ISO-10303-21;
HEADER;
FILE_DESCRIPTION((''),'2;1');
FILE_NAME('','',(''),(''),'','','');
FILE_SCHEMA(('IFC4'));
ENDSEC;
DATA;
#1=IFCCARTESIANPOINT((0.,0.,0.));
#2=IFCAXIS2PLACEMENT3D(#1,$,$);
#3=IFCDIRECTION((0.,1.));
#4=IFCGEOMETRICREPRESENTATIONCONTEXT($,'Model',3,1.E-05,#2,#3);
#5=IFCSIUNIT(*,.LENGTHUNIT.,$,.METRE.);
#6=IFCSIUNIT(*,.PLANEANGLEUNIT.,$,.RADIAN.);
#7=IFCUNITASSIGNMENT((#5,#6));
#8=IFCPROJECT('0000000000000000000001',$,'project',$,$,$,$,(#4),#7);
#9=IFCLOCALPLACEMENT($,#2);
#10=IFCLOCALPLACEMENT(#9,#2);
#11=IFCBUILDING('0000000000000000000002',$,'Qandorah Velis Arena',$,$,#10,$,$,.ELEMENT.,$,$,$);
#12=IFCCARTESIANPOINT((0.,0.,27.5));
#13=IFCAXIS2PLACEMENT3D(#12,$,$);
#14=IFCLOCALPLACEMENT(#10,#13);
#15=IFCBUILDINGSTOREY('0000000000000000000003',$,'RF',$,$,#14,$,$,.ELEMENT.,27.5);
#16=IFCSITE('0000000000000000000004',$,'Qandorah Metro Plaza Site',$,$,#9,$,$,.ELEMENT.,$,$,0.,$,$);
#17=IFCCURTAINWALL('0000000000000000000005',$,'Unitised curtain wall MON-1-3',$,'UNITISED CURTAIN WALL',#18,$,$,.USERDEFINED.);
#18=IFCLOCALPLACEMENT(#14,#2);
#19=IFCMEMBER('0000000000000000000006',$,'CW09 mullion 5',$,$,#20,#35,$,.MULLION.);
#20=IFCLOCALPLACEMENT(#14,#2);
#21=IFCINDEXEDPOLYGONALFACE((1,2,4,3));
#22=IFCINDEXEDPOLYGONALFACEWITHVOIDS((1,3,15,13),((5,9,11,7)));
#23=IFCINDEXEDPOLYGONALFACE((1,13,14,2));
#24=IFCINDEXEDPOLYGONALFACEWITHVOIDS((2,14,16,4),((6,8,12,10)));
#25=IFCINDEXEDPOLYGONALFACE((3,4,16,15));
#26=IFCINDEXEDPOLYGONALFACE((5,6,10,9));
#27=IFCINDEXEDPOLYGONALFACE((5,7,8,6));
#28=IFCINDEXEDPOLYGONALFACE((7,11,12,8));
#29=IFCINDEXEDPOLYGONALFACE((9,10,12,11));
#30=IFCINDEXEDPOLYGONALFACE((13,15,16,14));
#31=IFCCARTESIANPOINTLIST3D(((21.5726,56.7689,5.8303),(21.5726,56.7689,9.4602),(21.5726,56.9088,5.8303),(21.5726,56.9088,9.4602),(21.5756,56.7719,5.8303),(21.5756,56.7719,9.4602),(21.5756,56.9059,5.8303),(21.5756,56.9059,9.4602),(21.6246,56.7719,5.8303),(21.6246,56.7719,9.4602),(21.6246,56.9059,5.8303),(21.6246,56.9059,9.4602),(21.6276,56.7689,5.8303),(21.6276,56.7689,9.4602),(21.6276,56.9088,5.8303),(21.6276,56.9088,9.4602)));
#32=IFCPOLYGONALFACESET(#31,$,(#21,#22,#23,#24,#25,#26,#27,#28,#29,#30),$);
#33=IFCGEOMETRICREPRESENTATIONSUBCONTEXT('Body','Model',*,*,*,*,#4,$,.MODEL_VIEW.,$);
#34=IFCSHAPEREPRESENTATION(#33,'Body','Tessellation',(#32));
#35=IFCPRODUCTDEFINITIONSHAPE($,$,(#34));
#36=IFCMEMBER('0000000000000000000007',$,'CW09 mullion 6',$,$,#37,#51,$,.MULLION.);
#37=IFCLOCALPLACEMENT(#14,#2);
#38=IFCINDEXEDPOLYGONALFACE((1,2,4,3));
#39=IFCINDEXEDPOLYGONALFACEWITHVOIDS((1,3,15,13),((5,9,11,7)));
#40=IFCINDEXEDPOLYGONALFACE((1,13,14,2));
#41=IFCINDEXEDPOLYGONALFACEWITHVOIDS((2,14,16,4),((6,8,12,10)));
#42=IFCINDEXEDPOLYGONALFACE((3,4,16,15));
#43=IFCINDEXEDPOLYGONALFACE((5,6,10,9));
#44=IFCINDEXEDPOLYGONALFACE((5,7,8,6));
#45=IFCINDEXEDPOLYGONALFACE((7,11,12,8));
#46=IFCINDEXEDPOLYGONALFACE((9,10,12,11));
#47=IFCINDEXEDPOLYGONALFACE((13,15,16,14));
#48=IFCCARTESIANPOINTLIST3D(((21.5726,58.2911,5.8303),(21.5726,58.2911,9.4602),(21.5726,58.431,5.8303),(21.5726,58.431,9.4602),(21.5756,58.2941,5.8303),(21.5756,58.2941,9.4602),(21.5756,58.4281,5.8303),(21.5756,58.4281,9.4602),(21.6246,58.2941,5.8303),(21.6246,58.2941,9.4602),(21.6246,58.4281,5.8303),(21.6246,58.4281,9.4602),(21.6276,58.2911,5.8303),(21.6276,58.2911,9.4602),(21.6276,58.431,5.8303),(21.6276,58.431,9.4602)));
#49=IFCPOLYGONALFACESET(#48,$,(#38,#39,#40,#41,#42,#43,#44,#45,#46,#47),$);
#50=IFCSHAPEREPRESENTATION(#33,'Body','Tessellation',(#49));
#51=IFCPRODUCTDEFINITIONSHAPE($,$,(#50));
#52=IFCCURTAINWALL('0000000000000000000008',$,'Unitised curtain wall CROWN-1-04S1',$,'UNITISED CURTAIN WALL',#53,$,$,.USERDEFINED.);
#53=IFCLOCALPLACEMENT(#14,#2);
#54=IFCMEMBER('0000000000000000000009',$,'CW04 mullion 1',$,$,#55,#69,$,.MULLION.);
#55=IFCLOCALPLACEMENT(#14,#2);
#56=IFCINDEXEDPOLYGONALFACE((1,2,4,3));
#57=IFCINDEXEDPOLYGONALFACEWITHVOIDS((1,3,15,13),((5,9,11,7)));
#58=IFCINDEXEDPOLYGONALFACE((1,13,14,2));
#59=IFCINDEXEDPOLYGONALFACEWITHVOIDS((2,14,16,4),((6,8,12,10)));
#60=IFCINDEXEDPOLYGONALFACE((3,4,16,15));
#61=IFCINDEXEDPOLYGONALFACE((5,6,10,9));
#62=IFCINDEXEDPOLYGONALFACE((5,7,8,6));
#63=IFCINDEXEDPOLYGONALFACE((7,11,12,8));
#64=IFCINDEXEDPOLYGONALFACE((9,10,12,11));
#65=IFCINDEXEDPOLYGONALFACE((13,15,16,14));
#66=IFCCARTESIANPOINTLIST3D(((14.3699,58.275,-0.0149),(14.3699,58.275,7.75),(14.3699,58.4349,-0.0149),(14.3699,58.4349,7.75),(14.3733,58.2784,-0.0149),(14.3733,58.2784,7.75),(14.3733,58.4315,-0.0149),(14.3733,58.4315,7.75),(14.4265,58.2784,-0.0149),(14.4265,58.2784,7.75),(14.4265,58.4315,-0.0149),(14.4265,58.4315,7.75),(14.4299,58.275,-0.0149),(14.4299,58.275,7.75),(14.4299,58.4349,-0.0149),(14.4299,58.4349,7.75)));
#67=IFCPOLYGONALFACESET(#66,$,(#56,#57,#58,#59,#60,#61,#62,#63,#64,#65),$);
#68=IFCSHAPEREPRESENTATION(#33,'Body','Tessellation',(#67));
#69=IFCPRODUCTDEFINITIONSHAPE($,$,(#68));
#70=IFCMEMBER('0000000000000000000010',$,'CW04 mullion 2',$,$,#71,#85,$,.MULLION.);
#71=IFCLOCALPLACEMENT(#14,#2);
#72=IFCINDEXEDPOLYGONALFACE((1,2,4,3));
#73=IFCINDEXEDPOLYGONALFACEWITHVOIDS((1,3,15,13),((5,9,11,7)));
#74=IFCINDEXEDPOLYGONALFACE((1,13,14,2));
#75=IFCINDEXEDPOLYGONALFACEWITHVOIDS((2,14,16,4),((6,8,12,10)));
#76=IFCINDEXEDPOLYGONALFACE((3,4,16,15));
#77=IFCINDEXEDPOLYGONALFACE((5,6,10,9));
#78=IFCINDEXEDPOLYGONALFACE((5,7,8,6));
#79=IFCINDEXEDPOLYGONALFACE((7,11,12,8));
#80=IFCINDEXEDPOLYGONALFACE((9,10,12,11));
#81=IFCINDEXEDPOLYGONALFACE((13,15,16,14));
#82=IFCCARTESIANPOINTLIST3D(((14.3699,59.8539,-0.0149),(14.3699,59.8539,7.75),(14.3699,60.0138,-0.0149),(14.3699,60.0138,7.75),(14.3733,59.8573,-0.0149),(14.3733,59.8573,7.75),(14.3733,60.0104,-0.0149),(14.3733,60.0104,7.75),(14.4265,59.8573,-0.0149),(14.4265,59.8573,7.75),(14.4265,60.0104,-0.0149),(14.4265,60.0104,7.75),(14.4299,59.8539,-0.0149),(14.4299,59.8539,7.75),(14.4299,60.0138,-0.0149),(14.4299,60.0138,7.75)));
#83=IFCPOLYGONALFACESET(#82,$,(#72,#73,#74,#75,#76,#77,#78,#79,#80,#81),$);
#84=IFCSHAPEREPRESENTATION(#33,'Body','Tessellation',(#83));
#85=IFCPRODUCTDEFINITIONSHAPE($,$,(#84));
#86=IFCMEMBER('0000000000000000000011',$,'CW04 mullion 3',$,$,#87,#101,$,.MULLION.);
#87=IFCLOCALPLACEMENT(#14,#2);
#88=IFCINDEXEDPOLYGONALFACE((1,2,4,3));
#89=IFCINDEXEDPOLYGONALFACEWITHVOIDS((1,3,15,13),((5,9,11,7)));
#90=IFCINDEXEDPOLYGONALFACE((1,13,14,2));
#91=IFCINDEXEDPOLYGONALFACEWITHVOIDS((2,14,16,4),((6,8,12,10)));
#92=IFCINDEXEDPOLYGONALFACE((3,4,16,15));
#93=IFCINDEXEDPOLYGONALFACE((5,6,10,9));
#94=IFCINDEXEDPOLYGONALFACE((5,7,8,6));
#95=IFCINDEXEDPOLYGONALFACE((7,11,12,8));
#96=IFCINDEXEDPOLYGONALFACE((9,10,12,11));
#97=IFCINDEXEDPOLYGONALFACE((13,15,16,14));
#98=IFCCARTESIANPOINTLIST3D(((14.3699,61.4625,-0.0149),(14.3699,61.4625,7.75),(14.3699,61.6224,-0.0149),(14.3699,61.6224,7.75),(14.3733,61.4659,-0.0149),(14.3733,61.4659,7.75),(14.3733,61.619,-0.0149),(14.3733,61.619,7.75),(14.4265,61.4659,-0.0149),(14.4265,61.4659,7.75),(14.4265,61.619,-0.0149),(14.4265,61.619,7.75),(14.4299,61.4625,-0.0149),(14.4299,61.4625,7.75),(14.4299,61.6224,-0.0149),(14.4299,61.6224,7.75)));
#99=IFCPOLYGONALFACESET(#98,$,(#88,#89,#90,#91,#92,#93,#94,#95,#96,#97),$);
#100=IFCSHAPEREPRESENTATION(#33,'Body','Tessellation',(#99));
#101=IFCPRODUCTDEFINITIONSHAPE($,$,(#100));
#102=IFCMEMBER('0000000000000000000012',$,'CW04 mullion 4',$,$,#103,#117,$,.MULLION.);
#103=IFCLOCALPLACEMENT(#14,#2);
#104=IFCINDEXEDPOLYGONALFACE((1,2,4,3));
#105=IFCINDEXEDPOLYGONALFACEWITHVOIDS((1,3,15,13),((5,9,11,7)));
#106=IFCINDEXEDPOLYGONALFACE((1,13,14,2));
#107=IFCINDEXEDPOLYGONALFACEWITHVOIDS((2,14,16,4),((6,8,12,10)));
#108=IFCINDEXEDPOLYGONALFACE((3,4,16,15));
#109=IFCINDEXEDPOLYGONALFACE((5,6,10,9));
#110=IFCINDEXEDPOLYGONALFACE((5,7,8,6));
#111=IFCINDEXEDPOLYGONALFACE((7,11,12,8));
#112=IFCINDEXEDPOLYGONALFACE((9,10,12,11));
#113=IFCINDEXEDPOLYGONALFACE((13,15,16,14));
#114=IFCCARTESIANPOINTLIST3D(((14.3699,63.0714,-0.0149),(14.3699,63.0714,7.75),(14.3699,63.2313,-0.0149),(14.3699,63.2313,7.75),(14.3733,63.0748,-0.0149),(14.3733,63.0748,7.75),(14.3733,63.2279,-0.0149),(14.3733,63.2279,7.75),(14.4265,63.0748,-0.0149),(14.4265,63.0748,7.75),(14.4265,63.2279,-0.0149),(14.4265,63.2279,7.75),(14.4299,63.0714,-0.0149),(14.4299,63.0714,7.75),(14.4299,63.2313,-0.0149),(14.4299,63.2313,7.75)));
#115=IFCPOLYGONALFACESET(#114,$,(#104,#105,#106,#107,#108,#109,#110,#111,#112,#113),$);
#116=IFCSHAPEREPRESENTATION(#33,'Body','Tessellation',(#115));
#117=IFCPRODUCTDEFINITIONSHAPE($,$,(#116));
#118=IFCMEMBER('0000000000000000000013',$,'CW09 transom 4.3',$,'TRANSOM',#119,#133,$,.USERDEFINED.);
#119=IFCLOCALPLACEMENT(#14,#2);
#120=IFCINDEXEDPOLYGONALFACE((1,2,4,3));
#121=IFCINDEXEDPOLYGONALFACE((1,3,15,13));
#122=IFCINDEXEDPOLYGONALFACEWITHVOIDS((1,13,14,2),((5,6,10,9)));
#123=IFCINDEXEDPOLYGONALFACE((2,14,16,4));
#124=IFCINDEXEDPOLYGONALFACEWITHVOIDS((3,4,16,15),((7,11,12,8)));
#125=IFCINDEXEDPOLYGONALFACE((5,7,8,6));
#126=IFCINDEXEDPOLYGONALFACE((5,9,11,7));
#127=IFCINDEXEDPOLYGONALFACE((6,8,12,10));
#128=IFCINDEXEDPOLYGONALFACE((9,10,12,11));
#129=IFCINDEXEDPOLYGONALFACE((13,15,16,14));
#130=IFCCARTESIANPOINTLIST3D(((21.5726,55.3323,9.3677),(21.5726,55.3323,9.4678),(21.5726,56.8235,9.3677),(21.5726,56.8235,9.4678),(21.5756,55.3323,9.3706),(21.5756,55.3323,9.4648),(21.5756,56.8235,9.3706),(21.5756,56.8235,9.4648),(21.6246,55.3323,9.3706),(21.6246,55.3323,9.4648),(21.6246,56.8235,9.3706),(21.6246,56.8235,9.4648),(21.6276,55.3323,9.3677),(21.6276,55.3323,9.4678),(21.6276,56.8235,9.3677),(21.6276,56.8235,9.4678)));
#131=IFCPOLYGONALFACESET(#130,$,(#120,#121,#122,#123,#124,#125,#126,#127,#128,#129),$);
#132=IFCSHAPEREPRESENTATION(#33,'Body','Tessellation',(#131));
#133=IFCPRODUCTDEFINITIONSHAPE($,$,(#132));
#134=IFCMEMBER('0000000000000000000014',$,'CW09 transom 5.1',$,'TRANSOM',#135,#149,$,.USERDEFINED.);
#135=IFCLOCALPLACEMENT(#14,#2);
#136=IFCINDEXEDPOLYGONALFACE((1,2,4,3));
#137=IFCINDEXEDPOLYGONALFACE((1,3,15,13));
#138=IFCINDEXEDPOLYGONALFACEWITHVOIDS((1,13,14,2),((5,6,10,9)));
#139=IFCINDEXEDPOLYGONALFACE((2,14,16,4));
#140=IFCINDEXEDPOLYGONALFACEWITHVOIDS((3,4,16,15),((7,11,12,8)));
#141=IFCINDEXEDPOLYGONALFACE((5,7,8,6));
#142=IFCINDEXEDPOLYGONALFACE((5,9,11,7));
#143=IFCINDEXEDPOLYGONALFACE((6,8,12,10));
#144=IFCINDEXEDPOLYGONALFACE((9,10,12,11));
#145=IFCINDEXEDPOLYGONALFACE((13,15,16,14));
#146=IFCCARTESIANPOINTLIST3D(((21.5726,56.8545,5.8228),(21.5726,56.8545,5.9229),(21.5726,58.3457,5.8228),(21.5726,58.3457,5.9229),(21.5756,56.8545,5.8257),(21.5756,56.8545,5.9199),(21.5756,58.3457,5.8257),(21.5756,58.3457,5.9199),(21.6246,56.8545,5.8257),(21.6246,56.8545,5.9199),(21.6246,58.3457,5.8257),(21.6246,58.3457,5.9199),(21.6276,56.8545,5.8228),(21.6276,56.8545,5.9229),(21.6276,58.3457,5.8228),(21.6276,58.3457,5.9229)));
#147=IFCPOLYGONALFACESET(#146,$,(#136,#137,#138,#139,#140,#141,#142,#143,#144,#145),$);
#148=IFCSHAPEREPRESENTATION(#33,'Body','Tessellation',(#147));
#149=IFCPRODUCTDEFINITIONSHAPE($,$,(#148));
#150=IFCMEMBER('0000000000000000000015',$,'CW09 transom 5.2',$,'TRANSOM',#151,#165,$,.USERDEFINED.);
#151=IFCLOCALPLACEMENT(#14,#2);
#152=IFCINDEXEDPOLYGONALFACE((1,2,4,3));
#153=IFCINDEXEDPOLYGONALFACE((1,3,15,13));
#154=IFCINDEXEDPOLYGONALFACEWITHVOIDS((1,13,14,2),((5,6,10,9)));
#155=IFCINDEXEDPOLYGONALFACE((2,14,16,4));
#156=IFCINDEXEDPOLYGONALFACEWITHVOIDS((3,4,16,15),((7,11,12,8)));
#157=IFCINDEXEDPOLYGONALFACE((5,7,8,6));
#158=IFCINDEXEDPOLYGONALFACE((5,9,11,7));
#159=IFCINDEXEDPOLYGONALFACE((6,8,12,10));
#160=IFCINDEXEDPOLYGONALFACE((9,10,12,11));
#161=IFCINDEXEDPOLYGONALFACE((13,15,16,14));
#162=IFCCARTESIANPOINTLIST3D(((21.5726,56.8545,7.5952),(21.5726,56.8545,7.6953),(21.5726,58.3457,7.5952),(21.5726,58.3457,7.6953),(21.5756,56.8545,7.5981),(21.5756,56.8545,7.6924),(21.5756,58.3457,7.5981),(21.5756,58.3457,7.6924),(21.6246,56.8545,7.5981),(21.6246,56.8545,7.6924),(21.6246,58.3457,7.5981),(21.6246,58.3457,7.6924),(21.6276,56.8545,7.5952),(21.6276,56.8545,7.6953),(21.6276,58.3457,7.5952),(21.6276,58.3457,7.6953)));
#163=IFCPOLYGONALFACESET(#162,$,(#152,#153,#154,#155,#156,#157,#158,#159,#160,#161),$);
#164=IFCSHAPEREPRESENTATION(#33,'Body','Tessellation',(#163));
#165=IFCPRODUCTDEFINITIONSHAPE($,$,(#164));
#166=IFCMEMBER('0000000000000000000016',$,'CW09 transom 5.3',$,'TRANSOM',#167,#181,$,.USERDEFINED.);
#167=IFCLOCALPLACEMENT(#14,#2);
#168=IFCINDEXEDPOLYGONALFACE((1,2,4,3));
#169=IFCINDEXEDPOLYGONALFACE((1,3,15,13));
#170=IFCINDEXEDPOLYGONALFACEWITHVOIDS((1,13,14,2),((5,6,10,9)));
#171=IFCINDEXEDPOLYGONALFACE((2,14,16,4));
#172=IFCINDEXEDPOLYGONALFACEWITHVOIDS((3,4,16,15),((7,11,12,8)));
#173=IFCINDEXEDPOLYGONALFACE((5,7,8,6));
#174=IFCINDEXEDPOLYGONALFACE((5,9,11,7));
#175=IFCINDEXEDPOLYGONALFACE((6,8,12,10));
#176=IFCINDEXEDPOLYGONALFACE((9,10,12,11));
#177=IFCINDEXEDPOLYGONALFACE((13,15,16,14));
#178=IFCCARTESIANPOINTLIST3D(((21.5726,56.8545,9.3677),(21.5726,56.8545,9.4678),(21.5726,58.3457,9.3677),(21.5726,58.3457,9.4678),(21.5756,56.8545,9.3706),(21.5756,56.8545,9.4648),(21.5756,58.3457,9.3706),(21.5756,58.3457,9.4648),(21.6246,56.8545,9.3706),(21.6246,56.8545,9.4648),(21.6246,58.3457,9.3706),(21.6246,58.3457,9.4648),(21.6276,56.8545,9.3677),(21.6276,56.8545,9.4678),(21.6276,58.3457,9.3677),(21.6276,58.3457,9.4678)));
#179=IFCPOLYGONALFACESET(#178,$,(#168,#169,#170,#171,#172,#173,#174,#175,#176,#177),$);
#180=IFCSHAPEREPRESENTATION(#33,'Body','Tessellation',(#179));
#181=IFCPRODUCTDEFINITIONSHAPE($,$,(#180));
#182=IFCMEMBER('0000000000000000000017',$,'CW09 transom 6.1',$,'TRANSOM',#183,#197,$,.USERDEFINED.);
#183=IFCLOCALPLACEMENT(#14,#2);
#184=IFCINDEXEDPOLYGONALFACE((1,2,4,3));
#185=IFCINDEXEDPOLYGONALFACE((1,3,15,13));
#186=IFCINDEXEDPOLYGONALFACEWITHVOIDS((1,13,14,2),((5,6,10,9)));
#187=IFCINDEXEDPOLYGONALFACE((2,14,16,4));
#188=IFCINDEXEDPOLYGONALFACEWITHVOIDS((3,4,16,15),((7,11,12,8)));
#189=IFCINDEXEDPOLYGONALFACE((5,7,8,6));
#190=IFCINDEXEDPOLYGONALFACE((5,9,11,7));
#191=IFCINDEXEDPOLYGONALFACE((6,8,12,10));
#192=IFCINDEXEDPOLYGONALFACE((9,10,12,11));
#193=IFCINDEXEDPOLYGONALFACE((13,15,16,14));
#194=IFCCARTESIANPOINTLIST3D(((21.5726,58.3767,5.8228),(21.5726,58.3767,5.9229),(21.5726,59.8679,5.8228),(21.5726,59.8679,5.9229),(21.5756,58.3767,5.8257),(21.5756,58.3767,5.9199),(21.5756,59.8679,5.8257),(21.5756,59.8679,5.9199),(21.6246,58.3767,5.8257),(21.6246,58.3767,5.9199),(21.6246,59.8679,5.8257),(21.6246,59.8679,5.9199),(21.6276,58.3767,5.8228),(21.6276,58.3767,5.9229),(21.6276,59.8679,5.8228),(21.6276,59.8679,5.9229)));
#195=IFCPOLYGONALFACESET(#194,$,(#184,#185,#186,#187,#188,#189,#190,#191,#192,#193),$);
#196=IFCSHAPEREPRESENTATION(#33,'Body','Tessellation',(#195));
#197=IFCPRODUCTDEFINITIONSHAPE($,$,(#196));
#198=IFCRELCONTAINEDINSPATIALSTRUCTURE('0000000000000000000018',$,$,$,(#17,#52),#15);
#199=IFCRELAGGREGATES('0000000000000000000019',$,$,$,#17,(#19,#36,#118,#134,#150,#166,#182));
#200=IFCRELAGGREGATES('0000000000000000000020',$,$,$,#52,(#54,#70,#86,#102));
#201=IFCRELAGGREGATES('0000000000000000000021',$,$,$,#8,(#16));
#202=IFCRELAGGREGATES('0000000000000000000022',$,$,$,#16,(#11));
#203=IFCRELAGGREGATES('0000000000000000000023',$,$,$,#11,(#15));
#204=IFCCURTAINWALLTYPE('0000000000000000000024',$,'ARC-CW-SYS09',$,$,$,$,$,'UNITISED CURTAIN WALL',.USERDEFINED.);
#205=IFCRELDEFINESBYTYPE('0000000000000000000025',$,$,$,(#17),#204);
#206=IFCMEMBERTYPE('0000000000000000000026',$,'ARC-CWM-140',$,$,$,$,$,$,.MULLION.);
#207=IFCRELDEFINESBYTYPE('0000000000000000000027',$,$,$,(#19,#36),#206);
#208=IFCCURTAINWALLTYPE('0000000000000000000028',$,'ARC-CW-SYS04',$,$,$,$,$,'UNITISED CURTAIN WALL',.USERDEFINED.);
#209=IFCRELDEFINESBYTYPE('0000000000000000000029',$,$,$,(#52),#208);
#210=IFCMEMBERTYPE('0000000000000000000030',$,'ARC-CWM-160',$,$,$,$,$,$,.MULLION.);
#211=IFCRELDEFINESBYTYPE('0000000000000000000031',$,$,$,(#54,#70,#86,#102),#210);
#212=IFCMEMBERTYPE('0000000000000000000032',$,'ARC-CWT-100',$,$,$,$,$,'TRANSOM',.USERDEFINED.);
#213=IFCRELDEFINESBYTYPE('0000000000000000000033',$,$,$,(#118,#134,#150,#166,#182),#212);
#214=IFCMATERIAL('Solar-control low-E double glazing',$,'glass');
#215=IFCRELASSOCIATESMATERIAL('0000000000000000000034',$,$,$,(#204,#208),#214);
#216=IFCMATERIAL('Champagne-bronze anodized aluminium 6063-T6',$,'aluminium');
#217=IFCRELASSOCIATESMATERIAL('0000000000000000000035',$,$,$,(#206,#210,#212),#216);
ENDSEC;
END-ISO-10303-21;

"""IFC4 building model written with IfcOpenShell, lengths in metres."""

from ifc_helpers import new_model, si_unit, direction, frame, origin, origin_2d, place, context, subcontext, project, spatial, hollow_rectangle, extrude, material, material_profile, profile_set, type_object, element, aggregate, save


model = new_model("IFC4")

# Units and contexts
model_context = context("Model", 3, precision=1e-05, world=origin(), true_north=direction((0.0, 1.0)))
body_context = subcontext(model_context, "Body", "Model", "MODEL_VIEW")
ifc_project = project(units=[si_unit("LENGTHUNIT", "METRE"), si_unit("PLANEANGLEUNIT", "RADIAN")], contexts=[model_context])

# Site, building, storey
site_placement = place(None, origin())
site = spatial("IfcSite", under=ifc_project, at=site_placement, Name="Qandorah Metro Plaza Site", CompositionType="ELEMENT", RefElevation=0.0)
building_placement = place(site_placement, origin())
building = spatial("IfcBuilding", under=site, at=building_placement, Name="Qandorah Velis Arena", CompositionType="ELEMENT")
storey_placement = place(building_placement, frame((0.0, 0.0, 27.5)))
storey = spatial("IfcBuildingStorey", under=building, at=storey_placement, Name="RF", CompositionType="ELEMENT", Elevation=27.5)

# Curtain walls, members
ifc_material_1 = material(Name="Solar-control low-E double glazing", Category="glass")
curtain_wall_type_1 = type_object("IfcCurtainWallType", Name="ARC-CW-SYS09", ElementType="UNITISED CURTAIN WALL", PredefinedType="USERDEFINED", material=ifc_material_1)
curtain_wall_1_placement = place(storey_placement, origin())
curtain_wall_1 = element("IfcCurtainWall", 1, at=curtain_wall_1_placement, inside=storey, type_object=curtain_wall_type_1, Name="Unitised curtain wall MON-1-3", ObjectType="UNITISED CURTAIN WALL", PredefinedType="USERDEFINED")
ifc_material_2 = material(Name="Champagne-bronze anodized aluminium 6063-T6", Category="aluminium")
ifc_material_profile_1 = material_profile(ifc_material_2, hollow_rectangle(XDim=0.0549, YDim=0.1399, WallThickness=0.0029, at=origin_2d()), Name="ALU MULLION 55x140")
ifc_profile_set_1 = profile_set([ifc_material_profile_1], Name="Champagne-bronze anodized aluminium 6063-T6")
member_type_1 = type_object("IfcMemberType", Name="ARC-CWM-140", PredefinedType="MULLION", material=ifc_profile_set_1)
member_1_placement = place(storey_placement, frame((21.6001, 56.8389, 5.8303), z_axis=(0.0, 0.0, 1.0), x_axis=(-1.0, 0.0, 0.0)))
member_1 = element("IfcMember", 2, at=member_1_placement, type_object=member_type_1, Name="CW09 mullion 5", PredefinedType="MULLION", context=body_context, shape_type="SweptSolid", body=[
    extrude(hollow_rectangle(XDim=0.0549, YDim=0.1399, WallThickness=0.0029, at=origin_2d()), origin(), (0.0, 0.0, 1.0), 3.6299),
])
member_2_placement = place(storey_placement, frame((21.6001, 58.3611, 5.8303), z_axis=(0.0, 0.0, 1.0), x_axis=(-1.0, 0.0, 0.0)))
member_2 = element("IfcMember", 3, at=member_2_placement, type_object=member_type_1, Name="CW09 mullion 6", PredefinedType="MULLION", context=body_context, shape_type="SweptSolid", body=[
    extrude(hollow_rectangle(XDim=0.0549, YDim=0.1399, WallThickness=0.0029, at=origin_2d()), origin(), (0.0, 0.0, 1.0), 3.6299),
])
curtain_wall_type_2 = type_object("IfcCurtainWallType", Name="ARC-CW-SYS04", ElementType="UNITISED CURTAIN WALL", PredefinedType="USERDEFINED", material=ifc_material_1)
curtain_wall_2_placement = place(storey_placement, origin())
curtain_wall_2 = element("IfcCurtainWall", 4, at=curtain_wall_2_placement, inside=storey, type_object=curtain_wall_type_2, Name="Unitised curtain wall CROWN-1-04S1", ObjectType="UNITISED CURTAIN WALL", PredefinedType="USERDEFINED")
ifc_material_profile_2 = material_profile(ifc_material_2, hollow_rectangle(XDim=0.0601, YDim=0.1599, WallThickness=0.0034, at=origin_2d()), Name="ALU MULLION 60x160")
ifc_profile_set_2 = profile_set([ifc_material_profile_2], Name="Champagne-bronze anodized aluminium 6063-T6")
member_type_2 = type_object("IfcMemberType", Name="ARC-CWM-160", PredefinedType="MULLION", material=ifc_profile_set_2)
member_3_placement = place(storey_placement, frame((14.3999, 58.355, -0.0149), z_axis=(0.0, 0.0, 1.0), x_axis=(-1.0, 0.0, 0.0)))
member_3 = element("IfcMember", 5, at=member_3_placement, type_object=member_type_2, Name="CW04 mullion 1", PredefinedType="MULLION", context=body_context, shape_type="SweptSolid", body=[
    extrude(hollow_rectangle(XDim=0.0601, YDim=0.1599, WallThickness=0.0034, at=origin_2d()), origin(), (0.0, 0.0, 1.0), 7.7649),
])
member_4_placement = place(storey_placement, frame((14.3999, 59.9338, -0.0149), z_axis=(0.0, 0.0, 1.0), x_axis=(-1.0, 0.0, 0.0)))
member_4 = element("IfcMember", 6, at=member_4_placement, type_object=member_type_2, Name="CW04 mullion 2", PredefinedType="MULLION", context=body_context, shape_type="SweptSolid", body=[
    extrude(hollow_rectangle(XDim=0.0601, YDim=0.1599, WallThickness=0.0034, at=origin_2d()), origin(), (0.0, 0.0, 1.0), 7.7649),
])
member_5_placement = place(storey_placement, frame((14.3999, 61.5425, -0.0149), z_axis=(0.0, 0.0, 1.0), x_axis=(-1.0, 0.0, 0.0)))
member_5 = element("IfcMember", 7, at=member_5_placement, type_object=member_type_2, Name="CW04 mullion 3", PredefinedType="MULLION", context=body_context, shape_type="SweptSolid", body=[
    extrude(hollow_rectangle(XDim=0.0601, YDim=0.1599, WallThickness=0.0034, at=origin_2d()), origin(), (0.0, 0.0, 1.0), 7.7649),
])
member_6_placement = place(storey_placement, frame((14.3999, 63.1514, -0.0149), z_axis=(0.0, 0.0, 1.0), x_axis=(-1.0, 0.0, 0.0)))
member_6 = element("IfcMember", 8, at=member_6_placement, type_object=member_type_2, Name="CW04 mullion 4", PredefinedType="MULLION", context=body_context, shape_type="SweptSolid", body=[
    extrude(hollow_rectangle(XDim=0.0601, YDim=0.1599, WallThickness=0.0034, at=origin_2d()), origin(), (0.0, 0.0, 1.0), 7.7649),
])

# Members
ifc_material_profile_3 = material_profile(ifc_material_2, hollow_rectangle(XDim=0.0549, YDim=0.1001, WallThickness=0.0029, at=origin_2d()), Name="ALU TRANSOM 55x100")
ifc_profile_set_3 = profile_set([ifc_material_profile_3], Name="Champagne-bronze anodized aluminium 6063-T6")
member_type_3 = type_object("IfcMemberType", Name="ARC-CWT-100", ElementType="TRANSOM", PredefinedType="USERDEFINED", material=ifc_profile_set_3)
member_7_placement = place(storey_placement, frame((21.6001, 55.3323, 9.4177), z_axis=(0.0, 1.0, 0.0), x_axis=(-1.0, 0.0, 0.0)))
member_7 = element("IfcMember", 9, at=member_7_placement, type_object=member_type_3, Name="CW09 transom 4.3", ObjectType="TRANSOM", PredefinedType="USERDEFINED", context=body_context, shape_type="SweptSolid", body=[
    extrude(hollow_rectangle(XDim=0.0549, YDim=0.1001, WallThickness=0.0029, at=origin_2d()), origin(), (0.0, 0.0, 1.0), 1.4912),
])
member_8_placement = place(storey_placement, frame((21.6001, 56.8545, 5.8728), z_axis=(0.0, 1.0, 0.0), x_axis=(-1.0, 0.0, 0.0)))
member_8 = element("IfcMember", 10, at=member_8_placement, type_object=member_type_3, Name="CW09 transom 5.1", ObjectType="TRANSOM", PredefinedType="USERDEFINED", context=body_context, shape_type="SweptSolid", body=[
    extrude(hollow_rectangle(XDim=0.0549, YDim=0.1001, WallThickness=0.0029, at=origin_2d()), origin(), (0.0, 0.0, 1.0), 1.4912),
])
member_9_placement = place(storey_placement, frame((21.6001, 56.8545, 7.6453), z_axis=(0.0, 1.0, 0.0), x_axis=(-1.0, 0.0, 0.0)))
member_9 = element("IfcMember", 11, at=member_9_placement, type_object=member_type_3, Name="CW09 transom 5.2", ObjectType="TRANSOM", PredefinedType="USERDEFINED", context=body_context, shape_type="SweptSolid", body=[
    extrude(hollow_rectangle(XDim=0.0549, YDim=0.1001, WallThickness=0.0029, at=origin_2d()), origin(), (0.0, 0.0, 1.0), 1.4912),
])
member_10_placement = place(storey_placement, frame((21.6001, 56.8545, 9.4177), z_axis=(0.0, 1.0, 0.0), x_axis=(-1.0, 0.0, 0.0)))
member_10 = element("IfcMember", 12, at=member_10_placement, type_object=member_type_3, Name="CW09 transom 5.3", ObjectType="TRANSOM", PredefinedType="USERDEFINED", context=body_context, shape_type="SweptSolid", body=[
    extrude(hollow_rectangle(XDim=0.0549, YDim=0.1001, WallThickness=0.0029, at=origin_2d()), origin(), (0.0, 0.0, 1.0), 1.4912),
])
member_11_placement = place(storey_placement, frame((21.6001, 58.3767, 5.8728), z_axis=(0.0, 1.0, 0.0), x_axis=(-1.0, 0.0, 0.0)))
member_11 = element("IfcMember", 13, at=member_11_placement, type_object=member_type_3, Name="CW09 transom 6.1", ObjectType="TRANSOM", PredefinedType="USERDEFINED", context=body_context, shape_type="SweptSolid", body=[
    extrude(hollow_rectangle(XDim=0.0549, YDim=0.1001, WallThickness=0.0029, at=origin_2d()), origin(), (0.0, 0.0, 1.0), 1.4912),
])

aggregate(curtain_wall_1, [member_1, member_2, member_7, member_8, member_9, member_10, member_11])
aggregate(curtain_wall_2, [member_3, member_4, member_5, member_6])

save(model, "model.ifc")
